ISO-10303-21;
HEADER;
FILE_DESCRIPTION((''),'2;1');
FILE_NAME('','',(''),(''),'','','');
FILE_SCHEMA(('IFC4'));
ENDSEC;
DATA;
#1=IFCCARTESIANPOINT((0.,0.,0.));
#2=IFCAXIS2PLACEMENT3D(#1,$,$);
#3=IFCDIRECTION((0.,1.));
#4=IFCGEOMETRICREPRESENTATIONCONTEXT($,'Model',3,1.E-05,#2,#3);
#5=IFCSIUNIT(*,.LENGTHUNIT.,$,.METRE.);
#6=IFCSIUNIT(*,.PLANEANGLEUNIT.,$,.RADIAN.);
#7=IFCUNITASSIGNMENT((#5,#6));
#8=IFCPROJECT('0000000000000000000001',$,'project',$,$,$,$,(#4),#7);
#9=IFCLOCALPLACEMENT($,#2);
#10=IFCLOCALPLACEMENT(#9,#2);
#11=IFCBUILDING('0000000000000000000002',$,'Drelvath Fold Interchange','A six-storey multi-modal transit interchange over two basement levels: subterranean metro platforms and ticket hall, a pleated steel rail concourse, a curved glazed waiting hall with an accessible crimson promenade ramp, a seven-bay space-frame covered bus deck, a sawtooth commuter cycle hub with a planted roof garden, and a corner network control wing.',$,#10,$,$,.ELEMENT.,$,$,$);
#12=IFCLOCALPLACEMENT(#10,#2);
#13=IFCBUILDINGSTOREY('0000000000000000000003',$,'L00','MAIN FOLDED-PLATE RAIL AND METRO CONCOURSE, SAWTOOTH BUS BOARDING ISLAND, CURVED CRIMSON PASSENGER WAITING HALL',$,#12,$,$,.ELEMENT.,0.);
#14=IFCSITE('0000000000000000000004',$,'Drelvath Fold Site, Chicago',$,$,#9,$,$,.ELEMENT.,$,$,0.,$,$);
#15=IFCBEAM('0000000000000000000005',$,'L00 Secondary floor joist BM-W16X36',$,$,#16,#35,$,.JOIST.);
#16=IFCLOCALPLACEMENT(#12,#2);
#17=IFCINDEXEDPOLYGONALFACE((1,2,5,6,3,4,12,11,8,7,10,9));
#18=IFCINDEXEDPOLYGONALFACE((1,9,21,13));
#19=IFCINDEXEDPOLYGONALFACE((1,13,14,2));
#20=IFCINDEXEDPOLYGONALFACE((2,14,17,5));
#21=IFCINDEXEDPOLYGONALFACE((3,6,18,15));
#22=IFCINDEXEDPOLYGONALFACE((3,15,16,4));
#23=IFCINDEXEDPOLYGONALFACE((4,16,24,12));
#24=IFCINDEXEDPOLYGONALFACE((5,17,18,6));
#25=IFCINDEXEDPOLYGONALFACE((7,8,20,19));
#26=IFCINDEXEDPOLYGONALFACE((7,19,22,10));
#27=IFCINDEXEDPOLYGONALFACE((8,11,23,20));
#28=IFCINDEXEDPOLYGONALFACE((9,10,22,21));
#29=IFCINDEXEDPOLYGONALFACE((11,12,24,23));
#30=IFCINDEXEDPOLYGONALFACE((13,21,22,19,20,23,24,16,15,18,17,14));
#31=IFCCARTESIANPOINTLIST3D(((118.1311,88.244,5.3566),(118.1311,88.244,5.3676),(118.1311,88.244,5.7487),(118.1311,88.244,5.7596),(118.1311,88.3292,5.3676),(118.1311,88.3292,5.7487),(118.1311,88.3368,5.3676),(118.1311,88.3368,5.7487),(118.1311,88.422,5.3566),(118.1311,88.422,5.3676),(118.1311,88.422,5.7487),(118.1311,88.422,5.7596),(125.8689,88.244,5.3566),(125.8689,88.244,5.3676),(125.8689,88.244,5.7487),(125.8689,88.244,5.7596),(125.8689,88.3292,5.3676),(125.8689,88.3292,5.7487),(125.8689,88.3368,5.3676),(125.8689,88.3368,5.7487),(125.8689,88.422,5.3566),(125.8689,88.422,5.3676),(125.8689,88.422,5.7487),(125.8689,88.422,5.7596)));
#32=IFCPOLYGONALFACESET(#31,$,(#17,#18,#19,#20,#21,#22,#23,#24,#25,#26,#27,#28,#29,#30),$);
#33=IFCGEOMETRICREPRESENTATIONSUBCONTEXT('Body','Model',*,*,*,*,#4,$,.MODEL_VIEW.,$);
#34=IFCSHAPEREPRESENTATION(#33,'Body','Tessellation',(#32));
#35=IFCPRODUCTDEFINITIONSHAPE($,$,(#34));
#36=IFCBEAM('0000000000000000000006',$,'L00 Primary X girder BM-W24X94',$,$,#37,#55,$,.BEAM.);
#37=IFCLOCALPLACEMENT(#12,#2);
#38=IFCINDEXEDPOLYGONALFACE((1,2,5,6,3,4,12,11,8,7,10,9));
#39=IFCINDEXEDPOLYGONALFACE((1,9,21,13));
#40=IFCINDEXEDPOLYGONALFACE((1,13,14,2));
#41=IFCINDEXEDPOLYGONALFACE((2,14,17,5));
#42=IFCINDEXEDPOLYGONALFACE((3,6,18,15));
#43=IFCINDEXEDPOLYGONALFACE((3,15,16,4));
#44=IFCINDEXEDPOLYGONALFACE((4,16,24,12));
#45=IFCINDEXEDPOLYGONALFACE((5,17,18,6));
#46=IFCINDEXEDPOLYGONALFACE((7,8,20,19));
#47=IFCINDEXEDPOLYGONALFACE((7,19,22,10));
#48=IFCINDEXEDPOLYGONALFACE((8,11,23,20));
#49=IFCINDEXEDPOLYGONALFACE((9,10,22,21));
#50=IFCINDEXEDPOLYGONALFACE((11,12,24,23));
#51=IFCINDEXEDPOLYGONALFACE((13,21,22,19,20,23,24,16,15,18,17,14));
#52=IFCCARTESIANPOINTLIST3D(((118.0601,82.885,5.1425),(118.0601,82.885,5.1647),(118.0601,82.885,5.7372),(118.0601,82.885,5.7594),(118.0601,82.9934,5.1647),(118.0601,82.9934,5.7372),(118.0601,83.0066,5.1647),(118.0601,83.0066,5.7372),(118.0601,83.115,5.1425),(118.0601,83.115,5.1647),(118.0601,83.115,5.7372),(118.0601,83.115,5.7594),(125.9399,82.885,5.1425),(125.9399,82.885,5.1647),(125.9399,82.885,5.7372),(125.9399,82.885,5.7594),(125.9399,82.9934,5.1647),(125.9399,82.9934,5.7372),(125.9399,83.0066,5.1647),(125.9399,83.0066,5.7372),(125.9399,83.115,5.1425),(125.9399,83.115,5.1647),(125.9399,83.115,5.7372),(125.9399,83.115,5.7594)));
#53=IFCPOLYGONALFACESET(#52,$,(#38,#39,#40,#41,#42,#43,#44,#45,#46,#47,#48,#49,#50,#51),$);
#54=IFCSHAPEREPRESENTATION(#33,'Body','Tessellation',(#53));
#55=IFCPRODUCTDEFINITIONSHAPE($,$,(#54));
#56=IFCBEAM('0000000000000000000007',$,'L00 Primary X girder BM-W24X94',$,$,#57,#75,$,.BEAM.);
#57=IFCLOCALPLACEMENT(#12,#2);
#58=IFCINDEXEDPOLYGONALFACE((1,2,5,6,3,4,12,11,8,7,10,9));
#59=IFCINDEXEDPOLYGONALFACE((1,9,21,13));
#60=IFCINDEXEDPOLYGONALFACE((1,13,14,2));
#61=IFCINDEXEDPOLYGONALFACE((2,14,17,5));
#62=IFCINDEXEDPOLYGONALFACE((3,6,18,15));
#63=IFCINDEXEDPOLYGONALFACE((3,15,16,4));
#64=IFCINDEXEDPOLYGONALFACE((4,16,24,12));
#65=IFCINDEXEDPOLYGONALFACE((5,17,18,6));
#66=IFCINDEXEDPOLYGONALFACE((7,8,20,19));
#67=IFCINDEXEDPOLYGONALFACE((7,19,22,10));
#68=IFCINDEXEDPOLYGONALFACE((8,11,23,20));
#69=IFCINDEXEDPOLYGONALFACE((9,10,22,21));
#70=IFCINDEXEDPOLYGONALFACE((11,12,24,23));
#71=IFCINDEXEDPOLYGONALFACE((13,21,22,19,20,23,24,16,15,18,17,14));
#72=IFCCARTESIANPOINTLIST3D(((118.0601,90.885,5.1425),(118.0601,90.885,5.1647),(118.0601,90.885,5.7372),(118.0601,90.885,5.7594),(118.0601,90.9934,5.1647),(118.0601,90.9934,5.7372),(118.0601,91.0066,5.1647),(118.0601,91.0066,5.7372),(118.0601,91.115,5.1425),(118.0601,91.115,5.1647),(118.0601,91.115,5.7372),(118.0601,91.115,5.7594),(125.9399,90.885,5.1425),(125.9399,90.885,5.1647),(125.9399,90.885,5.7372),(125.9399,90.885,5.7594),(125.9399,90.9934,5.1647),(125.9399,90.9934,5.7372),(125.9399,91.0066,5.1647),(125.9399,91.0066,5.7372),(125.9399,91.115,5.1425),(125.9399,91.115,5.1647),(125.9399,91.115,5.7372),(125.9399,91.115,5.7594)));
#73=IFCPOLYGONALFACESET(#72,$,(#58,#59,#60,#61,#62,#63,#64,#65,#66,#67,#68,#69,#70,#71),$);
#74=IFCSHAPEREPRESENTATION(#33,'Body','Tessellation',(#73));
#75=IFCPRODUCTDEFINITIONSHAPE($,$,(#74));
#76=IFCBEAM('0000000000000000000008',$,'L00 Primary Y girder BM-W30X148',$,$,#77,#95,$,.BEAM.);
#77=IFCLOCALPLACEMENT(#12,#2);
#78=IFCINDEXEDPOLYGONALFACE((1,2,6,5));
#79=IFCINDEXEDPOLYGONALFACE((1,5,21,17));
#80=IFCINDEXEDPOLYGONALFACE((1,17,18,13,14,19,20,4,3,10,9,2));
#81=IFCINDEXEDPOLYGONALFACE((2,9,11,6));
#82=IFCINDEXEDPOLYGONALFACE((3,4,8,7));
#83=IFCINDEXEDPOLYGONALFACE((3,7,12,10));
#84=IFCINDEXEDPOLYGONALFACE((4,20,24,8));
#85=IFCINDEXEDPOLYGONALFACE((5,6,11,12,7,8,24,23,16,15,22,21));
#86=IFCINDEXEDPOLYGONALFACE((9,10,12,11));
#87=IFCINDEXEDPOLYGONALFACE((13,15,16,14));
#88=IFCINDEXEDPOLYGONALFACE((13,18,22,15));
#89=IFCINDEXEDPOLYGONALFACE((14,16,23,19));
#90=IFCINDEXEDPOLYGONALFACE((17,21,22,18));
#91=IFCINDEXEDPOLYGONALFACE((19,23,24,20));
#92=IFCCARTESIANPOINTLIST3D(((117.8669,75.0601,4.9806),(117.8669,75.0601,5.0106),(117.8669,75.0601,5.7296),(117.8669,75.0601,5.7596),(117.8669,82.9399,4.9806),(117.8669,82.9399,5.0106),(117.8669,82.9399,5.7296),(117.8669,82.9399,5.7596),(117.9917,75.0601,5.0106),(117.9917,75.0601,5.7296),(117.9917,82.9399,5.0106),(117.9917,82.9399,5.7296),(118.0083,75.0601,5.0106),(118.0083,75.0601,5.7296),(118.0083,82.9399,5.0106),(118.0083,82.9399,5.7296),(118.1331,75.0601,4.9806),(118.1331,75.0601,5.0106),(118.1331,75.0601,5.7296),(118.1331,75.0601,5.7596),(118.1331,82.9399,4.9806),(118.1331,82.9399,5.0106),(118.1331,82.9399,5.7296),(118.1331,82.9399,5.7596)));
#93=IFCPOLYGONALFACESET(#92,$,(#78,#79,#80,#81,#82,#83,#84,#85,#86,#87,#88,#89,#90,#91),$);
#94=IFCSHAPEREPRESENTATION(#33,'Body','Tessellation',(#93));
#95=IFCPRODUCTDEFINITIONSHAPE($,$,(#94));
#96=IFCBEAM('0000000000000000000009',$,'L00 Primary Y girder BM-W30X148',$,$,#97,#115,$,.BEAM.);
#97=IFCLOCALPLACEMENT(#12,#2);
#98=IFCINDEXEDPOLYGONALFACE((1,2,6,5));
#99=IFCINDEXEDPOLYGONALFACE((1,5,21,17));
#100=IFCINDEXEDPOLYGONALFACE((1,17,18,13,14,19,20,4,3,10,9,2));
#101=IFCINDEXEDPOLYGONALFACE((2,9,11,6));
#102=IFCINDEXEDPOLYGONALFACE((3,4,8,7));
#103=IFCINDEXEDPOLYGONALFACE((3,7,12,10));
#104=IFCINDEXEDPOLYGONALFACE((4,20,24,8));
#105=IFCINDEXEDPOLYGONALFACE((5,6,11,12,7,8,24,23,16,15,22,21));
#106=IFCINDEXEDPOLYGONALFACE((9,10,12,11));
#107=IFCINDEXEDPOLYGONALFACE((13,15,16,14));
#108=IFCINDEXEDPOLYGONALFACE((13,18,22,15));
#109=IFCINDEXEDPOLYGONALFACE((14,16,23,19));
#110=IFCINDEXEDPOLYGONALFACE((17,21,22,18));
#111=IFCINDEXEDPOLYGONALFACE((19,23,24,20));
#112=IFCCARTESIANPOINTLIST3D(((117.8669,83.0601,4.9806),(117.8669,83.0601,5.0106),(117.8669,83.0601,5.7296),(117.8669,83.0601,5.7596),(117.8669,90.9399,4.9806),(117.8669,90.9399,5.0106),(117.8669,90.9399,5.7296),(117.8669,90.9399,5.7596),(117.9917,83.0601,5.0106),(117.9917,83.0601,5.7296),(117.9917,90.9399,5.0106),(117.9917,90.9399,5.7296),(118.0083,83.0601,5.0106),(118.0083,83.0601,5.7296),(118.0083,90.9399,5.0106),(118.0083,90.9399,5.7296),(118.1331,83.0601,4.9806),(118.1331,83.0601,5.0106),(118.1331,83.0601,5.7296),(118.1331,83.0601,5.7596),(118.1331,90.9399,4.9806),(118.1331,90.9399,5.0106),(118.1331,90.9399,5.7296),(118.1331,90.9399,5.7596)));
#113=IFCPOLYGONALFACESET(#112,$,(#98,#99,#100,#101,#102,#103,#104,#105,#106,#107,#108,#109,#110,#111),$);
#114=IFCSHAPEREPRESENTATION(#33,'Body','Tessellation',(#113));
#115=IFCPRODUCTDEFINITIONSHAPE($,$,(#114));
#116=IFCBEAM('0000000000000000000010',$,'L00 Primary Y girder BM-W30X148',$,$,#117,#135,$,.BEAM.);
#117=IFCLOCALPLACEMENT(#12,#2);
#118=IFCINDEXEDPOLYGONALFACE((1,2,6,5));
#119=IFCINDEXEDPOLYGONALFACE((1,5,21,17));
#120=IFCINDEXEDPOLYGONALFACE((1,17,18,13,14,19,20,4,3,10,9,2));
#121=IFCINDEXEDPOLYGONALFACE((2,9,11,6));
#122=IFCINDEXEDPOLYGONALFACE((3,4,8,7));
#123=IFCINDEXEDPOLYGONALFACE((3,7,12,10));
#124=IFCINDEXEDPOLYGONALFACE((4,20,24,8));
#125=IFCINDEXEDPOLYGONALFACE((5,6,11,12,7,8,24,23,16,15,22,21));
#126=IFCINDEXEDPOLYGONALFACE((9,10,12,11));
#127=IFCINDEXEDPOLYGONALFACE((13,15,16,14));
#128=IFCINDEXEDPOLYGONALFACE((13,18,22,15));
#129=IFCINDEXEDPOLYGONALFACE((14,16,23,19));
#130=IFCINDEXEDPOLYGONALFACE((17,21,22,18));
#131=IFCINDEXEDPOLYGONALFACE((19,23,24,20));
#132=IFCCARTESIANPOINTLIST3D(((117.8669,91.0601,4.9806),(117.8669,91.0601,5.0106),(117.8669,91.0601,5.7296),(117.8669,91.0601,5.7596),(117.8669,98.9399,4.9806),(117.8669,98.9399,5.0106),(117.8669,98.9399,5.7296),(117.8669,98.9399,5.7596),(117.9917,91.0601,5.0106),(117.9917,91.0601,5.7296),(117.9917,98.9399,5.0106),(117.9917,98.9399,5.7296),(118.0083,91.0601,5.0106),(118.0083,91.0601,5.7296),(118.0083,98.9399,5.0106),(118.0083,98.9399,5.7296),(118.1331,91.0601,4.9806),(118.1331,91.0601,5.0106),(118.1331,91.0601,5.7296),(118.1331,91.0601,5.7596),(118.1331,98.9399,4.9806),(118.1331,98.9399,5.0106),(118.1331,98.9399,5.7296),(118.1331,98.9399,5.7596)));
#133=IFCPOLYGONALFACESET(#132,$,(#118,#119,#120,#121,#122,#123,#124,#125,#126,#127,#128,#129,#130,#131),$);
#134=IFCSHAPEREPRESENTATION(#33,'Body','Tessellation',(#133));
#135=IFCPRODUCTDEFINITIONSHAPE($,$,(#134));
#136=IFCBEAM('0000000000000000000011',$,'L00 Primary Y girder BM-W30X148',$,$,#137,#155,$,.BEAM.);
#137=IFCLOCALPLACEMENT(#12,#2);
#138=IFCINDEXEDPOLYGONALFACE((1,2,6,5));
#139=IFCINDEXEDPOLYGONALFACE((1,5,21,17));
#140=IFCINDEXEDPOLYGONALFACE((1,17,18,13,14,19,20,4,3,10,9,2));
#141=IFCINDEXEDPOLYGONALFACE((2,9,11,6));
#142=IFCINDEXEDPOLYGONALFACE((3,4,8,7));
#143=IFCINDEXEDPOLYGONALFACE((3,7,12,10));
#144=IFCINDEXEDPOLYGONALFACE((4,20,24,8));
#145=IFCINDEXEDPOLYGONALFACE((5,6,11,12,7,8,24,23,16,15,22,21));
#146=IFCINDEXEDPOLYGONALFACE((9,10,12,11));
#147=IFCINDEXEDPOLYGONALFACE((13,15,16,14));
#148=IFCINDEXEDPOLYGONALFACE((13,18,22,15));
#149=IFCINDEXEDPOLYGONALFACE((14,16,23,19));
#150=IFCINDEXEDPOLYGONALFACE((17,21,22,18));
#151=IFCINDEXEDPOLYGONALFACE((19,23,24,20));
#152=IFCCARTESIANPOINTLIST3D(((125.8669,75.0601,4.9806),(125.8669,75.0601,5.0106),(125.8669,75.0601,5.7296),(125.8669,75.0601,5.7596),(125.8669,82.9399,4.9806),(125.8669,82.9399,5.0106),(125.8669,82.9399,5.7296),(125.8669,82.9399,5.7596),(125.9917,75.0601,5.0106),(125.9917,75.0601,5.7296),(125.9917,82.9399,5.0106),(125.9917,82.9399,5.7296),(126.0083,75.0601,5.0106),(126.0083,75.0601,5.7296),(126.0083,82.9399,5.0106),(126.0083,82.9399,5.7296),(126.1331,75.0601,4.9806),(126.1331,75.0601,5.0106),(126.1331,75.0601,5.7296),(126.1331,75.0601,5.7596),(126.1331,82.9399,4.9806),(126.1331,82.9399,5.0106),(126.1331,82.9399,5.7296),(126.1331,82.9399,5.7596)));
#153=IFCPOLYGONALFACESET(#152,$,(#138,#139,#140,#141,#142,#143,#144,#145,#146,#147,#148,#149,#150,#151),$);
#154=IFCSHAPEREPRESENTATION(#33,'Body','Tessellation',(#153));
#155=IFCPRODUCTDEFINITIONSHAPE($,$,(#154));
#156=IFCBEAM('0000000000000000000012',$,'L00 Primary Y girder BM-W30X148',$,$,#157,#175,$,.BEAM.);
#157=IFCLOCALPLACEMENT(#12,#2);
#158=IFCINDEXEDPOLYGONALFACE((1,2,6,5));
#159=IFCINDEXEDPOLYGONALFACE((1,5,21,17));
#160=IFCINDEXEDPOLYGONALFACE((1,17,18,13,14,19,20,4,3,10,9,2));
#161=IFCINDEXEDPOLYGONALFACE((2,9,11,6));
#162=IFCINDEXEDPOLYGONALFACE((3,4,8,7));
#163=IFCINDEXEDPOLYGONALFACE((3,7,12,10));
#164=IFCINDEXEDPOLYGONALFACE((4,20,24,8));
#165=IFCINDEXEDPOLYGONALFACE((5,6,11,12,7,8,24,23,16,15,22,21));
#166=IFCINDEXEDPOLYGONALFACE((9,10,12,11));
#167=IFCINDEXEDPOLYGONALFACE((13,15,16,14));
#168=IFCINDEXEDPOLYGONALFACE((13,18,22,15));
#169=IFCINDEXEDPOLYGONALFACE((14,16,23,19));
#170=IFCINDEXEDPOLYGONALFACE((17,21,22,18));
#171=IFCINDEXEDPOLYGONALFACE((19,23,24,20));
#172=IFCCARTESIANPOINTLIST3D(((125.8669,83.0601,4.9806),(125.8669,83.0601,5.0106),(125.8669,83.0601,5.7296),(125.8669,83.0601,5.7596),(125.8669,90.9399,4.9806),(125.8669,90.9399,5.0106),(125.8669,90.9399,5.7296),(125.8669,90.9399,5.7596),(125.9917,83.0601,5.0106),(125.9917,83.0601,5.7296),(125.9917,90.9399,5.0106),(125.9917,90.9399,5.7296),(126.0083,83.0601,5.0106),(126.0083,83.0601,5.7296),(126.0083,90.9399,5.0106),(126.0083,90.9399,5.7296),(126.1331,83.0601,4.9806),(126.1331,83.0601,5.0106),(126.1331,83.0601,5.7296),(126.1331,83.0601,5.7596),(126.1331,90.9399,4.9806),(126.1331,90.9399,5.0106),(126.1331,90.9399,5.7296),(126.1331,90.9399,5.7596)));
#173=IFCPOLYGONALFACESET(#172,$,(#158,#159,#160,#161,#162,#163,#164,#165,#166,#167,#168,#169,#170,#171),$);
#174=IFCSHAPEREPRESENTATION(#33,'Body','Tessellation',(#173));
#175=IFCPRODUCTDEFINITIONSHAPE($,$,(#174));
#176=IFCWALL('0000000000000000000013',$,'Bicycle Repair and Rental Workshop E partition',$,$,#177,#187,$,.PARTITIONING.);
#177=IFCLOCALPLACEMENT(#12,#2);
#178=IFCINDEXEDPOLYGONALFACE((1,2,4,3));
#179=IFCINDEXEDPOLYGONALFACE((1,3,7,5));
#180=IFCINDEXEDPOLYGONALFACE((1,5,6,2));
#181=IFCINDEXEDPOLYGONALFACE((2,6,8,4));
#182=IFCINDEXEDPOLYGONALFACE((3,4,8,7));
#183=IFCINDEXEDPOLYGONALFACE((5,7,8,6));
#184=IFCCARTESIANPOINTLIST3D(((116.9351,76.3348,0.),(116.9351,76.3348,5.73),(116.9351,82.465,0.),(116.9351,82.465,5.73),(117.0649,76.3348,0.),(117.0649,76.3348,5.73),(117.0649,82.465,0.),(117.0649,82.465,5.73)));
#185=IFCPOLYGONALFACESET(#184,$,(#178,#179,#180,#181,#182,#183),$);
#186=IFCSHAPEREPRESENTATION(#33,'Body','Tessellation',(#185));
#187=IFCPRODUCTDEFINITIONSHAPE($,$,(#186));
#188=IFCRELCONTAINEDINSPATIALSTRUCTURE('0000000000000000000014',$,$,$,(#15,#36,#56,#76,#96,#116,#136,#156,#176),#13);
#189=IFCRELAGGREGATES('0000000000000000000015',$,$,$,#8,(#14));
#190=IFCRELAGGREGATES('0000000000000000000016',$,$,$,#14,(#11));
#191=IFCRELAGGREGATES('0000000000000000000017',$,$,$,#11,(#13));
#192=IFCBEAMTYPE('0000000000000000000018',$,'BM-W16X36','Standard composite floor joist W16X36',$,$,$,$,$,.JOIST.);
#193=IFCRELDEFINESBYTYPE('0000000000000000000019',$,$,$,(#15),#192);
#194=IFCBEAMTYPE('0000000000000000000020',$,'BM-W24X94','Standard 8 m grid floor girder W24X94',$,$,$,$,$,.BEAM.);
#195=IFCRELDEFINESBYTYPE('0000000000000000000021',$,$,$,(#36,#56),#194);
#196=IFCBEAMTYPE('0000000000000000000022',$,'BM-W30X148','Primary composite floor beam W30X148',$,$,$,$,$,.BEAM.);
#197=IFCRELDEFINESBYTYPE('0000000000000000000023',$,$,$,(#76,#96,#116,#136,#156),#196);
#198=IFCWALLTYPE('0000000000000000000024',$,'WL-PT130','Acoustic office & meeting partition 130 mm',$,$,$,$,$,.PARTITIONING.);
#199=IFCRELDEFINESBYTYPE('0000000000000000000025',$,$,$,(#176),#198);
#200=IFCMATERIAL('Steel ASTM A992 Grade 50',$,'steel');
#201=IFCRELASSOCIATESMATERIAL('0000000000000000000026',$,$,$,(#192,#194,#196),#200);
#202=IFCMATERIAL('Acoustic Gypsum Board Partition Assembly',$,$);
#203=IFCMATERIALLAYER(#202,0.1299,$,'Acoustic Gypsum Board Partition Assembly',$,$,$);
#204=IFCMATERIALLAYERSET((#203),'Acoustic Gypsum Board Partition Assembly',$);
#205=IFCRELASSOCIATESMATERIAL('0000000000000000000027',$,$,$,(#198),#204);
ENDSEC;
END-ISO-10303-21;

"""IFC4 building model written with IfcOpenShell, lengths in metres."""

from ifc_helpers import new_model, si_unit, direction, frame, frame_2d, origin, origin_2d, place, context, subcontext, project, spatial, rectangle, i_section, extrude, material, layer, layer_set, material_profile, profile_set, type_object, element, save


model = new_model("IFC4")

# Units and contexts
model_context = context("Model", 3, precision=1e-05, world=origin(), true_north=direction((0.0, 1.0)))
body_context = subcontext(model_context, "Body", "Model", "MODEL_VIEW")
ifc_project = project(units=[si_unit("LENGTHUNIT", "METRE"), si_unit("PLANEANGLEUNIT", "RADIAN")], contexts=[model_context])

# Site, building, storey
site_placement = place(None, origin())
site = spatial("IfcSite", under=ifc_project, at=site_placement, Name="Drelvath Fold Site, Chicago", CompositionType="ELEMENT", RefElevation=0.0)
building_placement = place(site_placement, origin())
building = spatial("IfcBuilding", under=site, at=building_placement, Name="Drelvath Fold Interchange", Description="A six-storey multi-modal transit interchange over two basement levels: subterranean metro platforms and ticket hall, a pleated steel rail concourse, a curved glazed waiting hall with an accessible crimson promenade ramp, a seven-bay space-frame covered bus deck, a sawtooth commuter cycle hub with a planted roof garden, and a corner network control wing.", CompositionType="ELEMENT")
storey_placement = place(building_placement, origin())
storey = spatial("IfcBuildingStorey", under=building, at=storey_placement, Name="L00", Description="MAIN FOLDED-PLATE RAIL AND METRO CONCOURSE, SAWTOOTH BUS BOARDING ISLAND, CURVED CRIMSON PASSENGER WAITING HALL", CompositionType="ELEMENT", Elevation=0.0)

# Beams
ifc_material_1 = material(Name="Steel ASTM A992 Grade 50", Category="steel")
ifc_material_profile_1 = material_profile(ifc_material_1, i_section(OverallWidth=0.178, OverallDepth=0.4031, WebThickness=0.0076, FlangeThickness=0.011, at=origin_2d()), Name="W16X36")
ifc_profile_set_1 = profile_set([ifc_material_profile_1], Name="Steel ASTM A992 Grade 50")
beam_type_1 = type_object("IfcBeamType", Name="BM-W16X36", Description="Standard composite floor joist W16X36", PredefinedType="JOIST", material=ifc_profile_set_1)
for number, where, z_axis, x_axis, name in (
    (1, (118.1311, 88.333, 5.5581), (1.0, 0.0, 0.0), (0.0, 1.0, 0.0), "L00 Secondary floor joist BM-W16X36"),
):
    element("IfcBeam", number, at=place(storey_placement, frame(where, z_axis=z_axis, x_axis=x_axis)), inside=storey, type_object=beam_type_1, Name=name, PredefinedType="JOIST", context=body_context, shape_type="SweptSolid", body=[
        extrude(i_section(OverallWidth=0.178, OverallDepth=0.4031, WebThickness=0.0076, FlangeThickness=0.011, at=origin_2d()), origin(), (0.0, 0.0, 1.0), 7.7378),
    ])
ifc_material_profile_2 = material_profile(ifc_material_1, i_section(OverallWidth=0.23, OverallDepth=0.6169, WebThickness=0.0132, FlangeThickness=0.0222, at=origin_2d()), Name="W24X94")
ifc_profile_set_2 = profile_set([ifc_material_profile_2], Name="Steel ASTM A992 Grade 50")
beam_type_2 = type_object("IfcBeamType", Name="BM-W24X94", Description="Standard 8 m grid floor girder W24X94", PredefinedType="BEAM", material=ifc_profile_set_2)
for number, where, z_axis, x_axis, name in (
    (2, (118.0601, 83.0, 5.4509), (1.0, 0.0, 0.0), (0.0, 1.0, 0.0), "L00 Primary X girder BM-W24X94"),
    (3, (118.0601, 91.0, 5.4509), (1.0, 0.0, 0.0), (0.0, 1.0, 0.0), "L00 Primary X girder BM-W24X94"),
):
    element("IfcBeam", number, at=place(storey_placement, frame(where, z_axis=z_axis, x_axis=x_axis)), inside=storey, type_object=beam_type_2, Name=name, PredefinedType="BEAM", context=body_context, shape_type="SweptSolid", body=[
        extrude(i_section(OverallWidth=0.23, OverallDepth=0.6169, WebThickness=0.0132, FlangeThickness=0.0222, at=origin_2d()), origin(), (0.0, 0.0, 1.0), 7.8799),
    ])
ifc_material_profile_3 = material_profile(ifc_material_1, i_section(OverallWidth=0.2661, OverallDepth=0.7791, WebThickness=0.0166, FlangeThickness=0.03, at=origin_2d()), Name="W30X148")
ifc_profile_set_3 = profile_set([ifc_material_profile_3], Name="Steel ASTM A992 Grade 50")
beam_type_3 = type_object("IfcBeamType", Name="BM-W30X148", Description="Primary composite floor beam W30X148", PredefinedType="BEAM", material=ifc_profile_set_3)
for number, where, z_axis, x_axis, name in (
    (4, (118.0, 75.0601, 5.3701), (0.0, 1.0, 0.0), (-1.0, 0.0, 0.0), "L00 Primary Y girder BM-W30X148"),
    (5, (118.0, 83.0601, 5.3701), (0.0, 1.0, 0.0), (-1.0, 0.0, 0.0), "L00 Primary Y girder BM-W30X148"),
    (6, (118.0, 91.0601, 5.3701), (0.0, 1.0, 0.0), (-1.0, 0.0, 0.0), "L00 Primary Y girder BM-W30X148"),
    (7, (126.0, 75.0601, 5.3701), (0.0, 1.0, 0.0), (-1.0, 0.0, 0.0), "L00 Primary Y girder BM-W30X148"),
    (8, (126.0, 83.0601, 5.3701), (0.0, 1.0, 0.0), (-1.0, 0.0, 0.0), "L00 Primary Y girder BM-W30X148"),
):
    element("IfcBeam", number, at=place(storey_placement, frame(where, z_axis=z_axis, x_axis=x_axis)), inside=storey, type_object=beam_type_3, Name=name, PredefinedType="BEAM", context=body_context, shape_type="SweptSolid", body=[
        extrude(i_section(OverallWidth=0.2661, OverallDepth=0.7791, WebThickness=0.0166, FlangeThickness=0.03, at=origin_2d()), origin(), (0.0, 0.0, 1.0), 7.8799),
    ])

# Wall
ifc_material_2 = material(Name="Acoustic Gypsum Board Partition Assembly")
ifc_layer = layer(ifc_material_2, 0.1299, Name="Acoustic Gypsum Board Partition Assembly")
ifc_layer_set = layer_set([ifc_layer], Name="Acoustic Gypsum Board Partition Assembly")
wall_type = type_object("IfcWallType", Name="WL-PT130", Description="Acoustic office & meeting partition 130 mm", PredefinedType="PARTITIONING", material=ifc_layer_set)
wall_1_placement = place(storey_placement, frame((117.0, 76.335, 0.0), z_axis=(0.0, 0.0, 1.0), x_axis=(0.0, 1.0, 0.0)))
element("IfcWall", 9, at=wall_1_placement, inside=storey, type_object=wall_type, Name="Bicycle Repair and Rental Workshop E partition", PredefinedType="PARTITIONING", context=body_context, shape_type="SweptSolid", body=[
    extrude(rectangle(XDim=6.1301, YDim=0.1299, at=frame_2d((3.0649, 0.0))), origin(), (0.0, 0.0, 1.0), 5.73),
])

save(model, "model.ifc")
